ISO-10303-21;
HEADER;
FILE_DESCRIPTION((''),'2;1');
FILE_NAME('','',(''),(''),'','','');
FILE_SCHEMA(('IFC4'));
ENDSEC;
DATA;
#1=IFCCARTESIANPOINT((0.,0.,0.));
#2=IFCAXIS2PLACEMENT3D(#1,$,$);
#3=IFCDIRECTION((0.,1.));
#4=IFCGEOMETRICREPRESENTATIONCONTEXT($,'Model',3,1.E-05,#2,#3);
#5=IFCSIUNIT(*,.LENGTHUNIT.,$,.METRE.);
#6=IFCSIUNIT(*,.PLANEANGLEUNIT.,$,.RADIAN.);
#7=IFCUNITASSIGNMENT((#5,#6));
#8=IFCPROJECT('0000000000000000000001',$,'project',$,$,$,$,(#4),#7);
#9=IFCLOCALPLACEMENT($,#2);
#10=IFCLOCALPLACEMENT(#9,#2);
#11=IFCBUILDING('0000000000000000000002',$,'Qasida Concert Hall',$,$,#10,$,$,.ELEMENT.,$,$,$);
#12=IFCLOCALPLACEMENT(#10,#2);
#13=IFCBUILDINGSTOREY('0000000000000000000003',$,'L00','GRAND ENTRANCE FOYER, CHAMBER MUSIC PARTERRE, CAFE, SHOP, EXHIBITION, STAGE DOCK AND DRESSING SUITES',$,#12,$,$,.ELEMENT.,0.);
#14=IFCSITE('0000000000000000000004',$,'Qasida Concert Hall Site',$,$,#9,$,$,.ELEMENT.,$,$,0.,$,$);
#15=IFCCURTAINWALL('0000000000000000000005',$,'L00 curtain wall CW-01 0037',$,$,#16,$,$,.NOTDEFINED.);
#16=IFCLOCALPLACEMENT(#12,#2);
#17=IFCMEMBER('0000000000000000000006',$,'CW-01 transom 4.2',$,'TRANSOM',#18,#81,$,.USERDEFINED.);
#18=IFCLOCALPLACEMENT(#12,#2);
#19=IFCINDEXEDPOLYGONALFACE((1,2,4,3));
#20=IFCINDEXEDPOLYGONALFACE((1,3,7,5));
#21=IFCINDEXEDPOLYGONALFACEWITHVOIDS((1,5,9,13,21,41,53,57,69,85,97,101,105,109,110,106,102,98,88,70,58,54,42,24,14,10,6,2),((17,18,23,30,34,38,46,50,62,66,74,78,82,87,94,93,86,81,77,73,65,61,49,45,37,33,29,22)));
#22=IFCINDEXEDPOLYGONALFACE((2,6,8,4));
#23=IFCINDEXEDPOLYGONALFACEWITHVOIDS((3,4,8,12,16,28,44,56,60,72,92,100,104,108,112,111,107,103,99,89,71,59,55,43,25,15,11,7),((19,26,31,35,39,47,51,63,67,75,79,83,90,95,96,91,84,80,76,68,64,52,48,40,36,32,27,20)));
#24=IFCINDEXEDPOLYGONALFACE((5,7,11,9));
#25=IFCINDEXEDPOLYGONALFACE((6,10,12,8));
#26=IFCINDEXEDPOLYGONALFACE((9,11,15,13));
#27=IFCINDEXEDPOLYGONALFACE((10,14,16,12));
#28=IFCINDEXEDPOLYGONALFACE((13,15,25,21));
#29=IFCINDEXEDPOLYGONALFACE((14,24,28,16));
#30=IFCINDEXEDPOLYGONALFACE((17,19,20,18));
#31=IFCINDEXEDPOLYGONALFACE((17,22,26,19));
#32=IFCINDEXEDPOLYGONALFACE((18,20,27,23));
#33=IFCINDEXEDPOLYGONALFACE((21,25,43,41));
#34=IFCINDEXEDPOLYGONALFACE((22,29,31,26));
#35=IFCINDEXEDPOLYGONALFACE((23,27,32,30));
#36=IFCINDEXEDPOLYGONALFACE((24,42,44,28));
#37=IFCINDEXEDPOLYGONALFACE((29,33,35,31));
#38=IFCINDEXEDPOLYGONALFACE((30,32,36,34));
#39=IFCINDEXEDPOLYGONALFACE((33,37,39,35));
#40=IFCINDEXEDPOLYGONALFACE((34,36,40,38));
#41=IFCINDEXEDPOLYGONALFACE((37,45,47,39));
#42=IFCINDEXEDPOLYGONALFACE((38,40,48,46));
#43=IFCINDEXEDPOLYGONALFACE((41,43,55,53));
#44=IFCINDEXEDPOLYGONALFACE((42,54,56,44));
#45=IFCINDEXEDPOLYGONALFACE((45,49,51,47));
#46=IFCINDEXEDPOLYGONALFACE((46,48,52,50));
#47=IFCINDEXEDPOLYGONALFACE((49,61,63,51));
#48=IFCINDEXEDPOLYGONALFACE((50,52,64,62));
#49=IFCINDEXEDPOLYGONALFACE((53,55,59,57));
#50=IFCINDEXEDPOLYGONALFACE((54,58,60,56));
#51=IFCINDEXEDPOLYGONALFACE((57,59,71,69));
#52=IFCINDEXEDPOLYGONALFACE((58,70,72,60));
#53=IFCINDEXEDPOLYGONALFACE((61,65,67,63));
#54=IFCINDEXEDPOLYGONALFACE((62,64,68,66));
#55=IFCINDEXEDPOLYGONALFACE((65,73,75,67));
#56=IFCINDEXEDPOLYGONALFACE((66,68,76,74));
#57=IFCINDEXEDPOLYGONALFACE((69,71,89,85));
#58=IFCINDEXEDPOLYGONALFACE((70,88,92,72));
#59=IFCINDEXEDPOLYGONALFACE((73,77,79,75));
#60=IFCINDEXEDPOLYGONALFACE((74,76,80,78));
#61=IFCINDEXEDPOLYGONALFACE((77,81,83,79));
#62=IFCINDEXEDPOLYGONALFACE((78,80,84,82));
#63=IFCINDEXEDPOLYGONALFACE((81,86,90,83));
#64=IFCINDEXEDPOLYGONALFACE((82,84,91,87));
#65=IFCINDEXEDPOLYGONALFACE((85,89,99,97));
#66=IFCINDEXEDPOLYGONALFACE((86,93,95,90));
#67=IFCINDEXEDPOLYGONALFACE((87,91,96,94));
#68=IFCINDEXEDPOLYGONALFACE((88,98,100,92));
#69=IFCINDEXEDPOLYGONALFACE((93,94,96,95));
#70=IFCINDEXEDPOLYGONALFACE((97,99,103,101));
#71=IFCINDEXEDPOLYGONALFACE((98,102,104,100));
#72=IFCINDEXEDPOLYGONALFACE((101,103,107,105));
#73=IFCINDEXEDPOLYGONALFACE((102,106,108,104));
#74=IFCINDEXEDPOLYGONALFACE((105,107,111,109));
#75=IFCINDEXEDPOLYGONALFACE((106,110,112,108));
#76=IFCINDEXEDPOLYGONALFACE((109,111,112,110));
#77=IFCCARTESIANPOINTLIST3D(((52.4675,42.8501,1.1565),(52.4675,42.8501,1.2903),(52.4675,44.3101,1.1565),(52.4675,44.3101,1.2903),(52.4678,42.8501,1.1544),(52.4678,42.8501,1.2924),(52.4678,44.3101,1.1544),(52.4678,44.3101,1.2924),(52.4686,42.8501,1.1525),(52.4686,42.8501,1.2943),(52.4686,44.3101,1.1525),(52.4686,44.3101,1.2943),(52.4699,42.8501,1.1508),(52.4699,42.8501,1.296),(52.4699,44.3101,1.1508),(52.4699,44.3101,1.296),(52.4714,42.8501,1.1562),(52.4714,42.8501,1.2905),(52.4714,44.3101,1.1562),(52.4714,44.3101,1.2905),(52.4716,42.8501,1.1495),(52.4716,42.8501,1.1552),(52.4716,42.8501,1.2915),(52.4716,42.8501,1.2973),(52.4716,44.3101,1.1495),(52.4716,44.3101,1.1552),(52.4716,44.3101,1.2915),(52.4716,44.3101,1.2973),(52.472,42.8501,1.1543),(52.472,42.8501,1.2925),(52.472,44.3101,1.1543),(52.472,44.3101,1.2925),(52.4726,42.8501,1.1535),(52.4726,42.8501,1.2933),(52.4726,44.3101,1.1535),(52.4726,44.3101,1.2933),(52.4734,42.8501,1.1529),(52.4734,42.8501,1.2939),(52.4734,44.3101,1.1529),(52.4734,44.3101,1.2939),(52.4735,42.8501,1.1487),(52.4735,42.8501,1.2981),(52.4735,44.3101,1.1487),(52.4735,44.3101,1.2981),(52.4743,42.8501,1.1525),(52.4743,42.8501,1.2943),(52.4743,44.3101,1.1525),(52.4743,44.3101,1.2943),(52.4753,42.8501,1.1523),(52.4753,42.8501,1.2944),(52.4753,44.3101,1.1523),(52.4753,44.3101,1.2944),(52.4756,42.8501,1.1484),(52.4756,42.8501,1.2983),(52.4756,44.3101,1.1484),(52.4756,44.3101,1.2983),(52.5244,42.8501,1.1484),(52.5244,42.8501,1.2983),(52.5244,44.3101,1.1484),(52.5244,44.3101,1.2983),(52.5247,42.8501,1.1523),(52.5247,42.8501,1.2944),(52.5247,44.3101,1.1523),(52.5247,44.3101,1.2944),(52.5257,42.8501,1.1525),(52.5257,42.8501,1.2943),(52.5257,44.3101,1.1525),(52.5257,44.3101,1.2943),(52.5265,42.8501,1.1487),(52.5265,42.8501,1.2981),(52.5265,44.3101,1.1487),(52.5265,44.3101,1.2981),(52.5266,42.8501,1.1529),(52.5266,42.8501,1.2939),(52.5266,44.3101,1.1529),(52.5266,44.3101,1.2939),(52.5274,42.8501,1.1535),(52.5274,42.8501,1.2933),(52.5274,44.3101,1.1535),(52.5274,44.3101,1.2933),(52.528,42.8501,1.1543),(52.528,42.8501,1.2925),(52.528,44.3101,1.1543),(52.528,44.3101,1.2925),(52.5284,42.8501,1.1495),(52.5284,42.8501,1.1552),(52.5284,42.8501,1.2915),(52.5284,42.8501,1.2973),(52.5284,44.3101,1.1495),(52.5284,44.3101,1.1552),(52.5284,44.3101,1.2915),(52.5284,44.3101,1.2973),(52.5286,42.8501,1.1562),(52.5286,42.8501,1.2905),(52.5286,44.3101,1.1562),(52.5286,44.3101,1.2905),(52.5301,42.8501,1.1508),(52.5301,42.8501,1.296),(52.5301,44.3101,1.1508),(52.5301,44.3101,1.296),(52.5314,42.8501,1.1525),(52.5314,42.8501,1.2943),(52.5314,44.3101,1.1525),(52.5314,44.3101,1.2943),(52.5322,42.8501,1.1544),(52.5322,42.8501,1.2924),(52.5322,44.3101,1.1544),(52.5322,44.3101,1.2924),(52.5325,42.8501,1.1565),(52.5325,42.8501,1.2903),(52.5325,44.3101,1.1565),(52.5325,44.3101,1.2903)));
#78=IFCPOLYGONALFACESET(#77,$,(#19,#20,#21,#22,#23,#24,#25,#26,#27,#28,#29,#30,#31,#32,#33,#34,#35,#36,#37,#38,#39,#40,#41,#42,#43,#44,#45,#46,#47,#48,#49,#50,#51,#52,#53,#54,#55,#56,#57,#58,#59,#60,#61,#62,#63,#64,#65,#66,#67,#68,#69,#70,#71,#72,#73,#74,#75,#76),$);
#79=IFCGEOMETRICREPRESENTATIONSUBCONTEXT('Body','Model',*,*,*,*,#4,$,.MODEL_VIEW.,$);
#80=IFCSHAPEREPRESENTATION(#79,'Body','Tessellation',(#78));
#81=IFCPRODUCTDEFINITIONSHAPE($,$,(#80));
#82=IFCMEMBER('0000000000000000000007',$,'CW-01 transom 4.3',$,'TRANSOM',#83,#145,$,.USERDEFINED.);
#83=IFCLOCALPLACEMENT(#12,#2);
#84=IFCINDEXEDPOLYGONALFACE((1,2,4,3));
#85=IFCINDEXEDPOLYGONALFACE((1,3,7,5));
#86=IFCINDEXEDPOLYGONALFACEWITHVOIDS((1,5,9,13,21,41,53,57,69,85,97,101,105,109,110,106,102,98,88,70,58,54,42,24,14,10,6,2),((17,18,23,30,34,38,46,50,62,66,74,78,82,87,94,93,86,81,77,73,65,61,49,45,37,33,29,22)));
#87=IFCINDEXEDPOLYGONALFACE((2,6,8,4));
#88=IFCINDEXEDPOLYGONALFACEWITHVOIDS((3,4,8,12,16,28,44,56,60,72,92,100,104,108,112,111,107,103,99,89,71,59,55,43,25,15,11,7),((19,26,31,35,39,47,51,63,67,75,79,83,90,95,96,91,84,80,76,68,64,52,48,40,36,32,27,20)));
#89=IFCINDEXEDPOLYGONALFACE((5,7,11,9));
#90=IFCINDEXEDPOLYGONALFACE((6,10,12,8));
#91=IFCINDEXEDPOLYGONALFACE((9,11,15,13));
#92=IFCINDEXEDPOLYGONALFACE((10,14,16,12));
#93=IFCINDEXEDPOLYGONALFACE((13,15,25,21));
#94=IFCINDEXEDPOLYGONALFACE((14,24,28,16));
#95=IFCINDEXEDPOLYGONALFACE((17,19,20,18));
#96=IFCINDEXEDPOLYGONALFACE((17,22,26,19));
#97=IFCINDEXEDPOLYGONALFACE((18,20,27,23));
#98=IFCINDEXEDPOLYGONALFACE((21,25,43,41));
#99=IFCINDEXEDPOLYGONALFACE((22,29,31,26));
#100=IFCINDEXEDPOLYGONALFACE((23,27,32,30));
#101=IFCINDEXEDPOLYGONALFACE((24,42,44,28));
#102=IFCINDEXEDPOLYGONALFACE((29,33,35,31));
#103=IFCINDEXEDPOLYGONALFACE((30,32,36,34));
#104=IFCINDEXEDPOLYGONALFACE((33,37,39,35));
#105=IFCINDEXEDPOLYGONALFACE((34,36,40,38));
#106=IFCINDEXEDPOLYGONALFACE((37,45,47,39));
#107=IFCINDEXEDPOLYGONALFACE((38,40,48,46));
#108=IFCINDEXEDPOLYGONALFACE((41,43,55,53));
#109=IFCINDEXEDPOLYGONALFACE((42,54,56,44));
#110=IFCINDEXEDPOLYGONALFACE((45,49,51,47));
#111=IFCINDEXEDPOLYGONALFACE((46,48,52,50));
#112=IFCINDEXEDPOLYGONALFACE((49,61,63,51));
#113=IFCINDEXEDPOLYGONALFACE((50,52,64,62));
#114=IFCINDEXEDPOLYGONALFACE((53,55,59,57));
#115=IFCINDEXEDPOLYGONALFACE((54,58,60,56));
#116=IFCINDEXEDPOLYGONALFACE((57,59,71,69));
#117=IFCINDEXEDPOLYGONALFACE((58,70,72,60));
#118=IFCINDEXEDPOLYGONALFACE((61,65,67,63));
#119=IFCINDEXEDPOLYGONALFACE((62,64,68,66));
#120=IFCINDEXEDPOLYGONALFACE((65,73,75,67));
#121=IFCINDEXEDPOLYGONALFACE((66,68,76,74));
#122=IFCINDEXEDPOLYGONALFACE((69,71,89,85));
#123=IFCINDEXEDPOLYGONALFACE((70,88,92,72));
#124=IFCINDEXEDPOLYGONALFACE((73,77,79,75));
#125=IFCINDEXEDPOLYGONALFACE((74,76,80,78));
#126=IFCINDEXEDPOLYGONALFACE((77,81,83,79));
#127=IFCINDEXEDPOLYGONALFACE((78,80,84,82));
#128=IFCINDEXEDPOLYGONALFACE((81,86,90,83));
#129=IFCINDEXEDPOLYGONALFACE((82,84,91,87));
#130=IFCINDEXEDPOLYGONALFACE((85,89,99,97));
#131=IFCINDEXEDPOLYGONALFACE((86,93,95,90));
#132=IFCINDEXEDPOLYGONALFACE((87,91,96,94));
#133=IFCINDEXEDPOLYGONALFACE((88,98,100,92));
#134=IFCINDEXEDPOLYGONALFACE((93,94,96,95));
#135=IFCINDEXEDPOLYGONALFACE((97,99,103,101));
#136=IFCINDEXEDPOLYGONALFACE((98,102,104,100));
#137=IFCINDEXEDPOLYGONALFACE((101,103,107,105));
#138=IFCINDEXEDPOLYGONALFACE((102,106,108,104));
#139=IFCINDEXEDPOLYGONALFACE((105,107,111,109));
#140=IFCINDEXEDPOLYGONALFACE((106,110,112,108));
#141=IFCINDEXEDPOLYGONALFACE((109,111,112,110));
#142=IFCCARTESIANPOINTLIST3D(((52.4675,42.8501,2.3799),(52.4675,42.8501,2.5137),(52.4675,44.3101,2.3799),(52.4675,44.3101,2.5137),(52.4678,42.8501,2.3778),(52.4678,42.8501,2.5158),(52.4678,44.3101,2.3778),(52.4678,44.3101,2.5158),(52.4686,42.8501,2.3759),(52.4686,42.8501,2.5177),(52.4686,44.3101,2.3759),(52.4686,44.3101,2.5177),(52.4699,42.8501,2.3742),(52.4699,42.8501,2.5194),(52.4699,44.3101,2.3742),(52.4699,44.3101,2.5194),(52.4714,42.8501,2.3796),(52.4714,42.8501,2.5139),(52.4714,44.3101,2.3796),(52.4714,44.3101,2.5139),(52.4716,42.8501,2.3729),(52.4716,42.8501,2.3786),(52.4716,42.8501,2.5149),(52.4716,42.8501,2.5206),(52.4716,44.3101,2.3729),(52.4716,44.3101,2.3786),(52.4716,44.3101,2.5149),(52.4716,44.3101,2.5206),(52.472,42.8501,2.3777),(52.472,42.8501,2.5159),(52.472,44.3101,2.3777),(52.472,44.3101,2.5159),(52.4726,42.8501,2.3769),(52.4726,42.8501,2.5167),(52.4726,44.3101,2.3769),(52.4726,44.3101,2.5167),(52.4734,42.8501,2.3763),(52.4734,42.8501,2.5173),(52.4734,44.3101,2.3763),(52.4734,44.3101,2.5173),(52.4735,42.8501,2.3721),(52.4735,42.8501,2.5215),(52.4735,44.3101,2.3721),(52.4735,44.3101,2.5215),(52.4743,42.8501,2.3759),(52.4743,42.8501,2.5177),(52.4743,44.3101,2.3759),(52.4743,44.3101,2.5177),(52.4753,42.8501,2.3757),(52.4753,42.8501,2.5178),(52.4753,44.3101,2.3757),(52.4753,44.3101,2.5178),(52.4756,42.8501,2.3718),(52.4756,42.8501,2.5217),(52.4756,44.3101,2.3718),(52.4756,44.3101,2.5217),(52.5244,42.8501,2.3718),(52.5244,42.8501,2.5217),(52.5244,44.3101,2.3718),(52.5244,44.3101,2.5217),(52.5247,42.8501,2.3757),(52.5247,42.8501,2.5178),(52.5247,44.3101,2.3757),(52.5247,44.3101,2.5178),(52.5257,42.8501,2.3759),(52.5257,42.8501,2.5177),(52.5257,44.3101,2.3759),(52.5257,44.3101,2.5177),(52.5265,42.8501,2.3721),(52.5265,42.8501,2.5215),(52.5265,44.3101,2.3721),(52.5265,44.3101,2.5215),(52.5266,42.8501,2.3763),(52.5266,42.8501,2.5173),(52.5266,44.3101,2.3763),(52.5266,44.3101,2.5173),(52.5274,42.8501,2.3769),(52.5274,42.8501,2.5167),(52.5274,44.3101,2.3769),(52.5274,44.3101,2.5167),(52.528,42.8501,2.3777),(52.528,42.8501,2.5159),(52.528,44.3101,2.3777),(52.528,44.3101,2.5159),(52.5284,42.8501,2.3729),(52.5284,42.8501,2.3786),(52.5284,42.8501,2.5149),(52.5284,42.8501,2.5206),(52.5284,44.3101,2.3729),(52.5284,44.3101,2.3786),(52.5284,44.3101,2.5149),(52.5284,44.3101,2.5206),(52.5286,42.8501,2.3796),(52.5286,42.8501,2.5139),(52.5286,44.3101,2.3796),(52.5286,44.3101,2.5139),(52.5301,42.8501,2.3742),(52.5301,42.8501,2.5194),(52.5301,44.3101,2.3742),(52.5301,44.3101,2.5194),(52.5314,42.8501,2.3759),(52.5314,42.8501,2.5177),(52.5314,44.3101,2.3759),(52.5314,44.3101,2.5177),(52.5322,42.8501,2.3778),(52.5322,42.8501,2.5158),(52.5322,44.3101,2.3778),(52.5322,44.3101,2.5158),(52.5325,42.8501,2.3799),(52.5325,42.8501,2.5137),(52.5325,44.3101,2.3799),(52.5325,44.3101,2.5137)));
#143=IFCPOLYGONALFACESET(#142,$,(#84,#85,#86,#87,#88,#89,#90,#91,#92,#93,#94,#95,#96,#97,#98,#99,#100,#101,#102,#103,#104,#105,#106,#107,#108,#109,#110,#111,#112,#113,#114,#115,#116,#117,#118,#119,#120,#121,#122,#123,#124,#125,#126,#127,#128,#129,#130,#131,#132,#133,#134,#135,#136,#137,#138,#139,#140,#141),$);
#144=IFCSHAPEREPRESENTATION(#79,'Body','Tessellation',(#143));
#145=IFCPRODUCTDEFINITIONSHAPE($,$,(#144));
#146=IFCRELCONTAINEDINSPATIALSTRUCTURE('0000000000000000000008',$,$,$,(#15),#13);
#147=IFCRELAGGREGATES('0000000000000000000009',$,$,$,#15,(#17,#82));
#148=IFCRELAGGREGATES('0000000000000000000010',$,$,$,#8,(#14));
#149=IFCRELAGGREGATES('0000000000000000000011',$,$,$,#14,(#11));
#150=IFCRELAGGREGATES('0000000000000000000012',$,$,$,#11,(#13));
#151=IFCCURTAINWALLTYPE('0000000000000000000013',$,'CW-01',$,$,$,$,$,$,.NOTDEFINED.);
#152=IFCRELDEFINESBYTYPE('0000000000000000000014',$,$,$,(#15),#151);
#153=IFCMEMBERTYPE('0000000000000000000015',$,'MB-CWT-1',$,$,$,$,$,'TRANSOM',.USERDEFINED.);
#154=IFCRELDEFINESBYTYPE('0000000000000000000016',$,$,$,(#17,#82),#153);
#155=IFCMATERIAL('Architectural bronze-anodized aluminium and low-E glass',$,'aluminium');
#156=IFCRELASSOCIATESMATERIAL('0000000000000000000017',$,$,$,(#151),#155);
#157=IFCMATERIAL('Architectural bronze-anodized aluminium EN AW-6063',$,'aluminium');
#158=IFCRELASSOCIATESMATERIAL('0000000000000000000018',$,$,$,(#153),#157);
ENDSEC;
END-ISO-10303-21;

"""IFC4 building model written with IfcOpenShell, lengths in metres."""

from ifc_helpers import new_model, si_unit, direction, frame, origin, origin_2d, place, context, subcontext, project, spatial, hollow_rectangle, extrude, material, material_profile, profile_set, type_object, element, aggregate, save


model = new_model("IFC4")

# Units and contexts
model_context = context("Model", 3, precision=1e-05, world=origin(), true_north=direction((0.0, 1.0)))
body_context = subcontext(model_context, "Body", "Model", "MODEL_VIEW")
ifc_project = project(units=[si_unit("LENGTHUNIT", "METRE"), si_unit("PLANEANGLEUNIT", "RADIAN")], contexts=[model_context])

# Site, building, storey
site_placement = place(None, origin())
site = spatial("IfcSite", under=ifc_project, at=site_placement, Name="Qasida Concert Hall Site", CompositionType="ELEMENT", RefElevation=0.0)
building_placement = place(site_placement, origin())
building = spatial("IfcBuilding", under=site, at=building_placement, Name="Qasida Concert Hall", CompositionType="ELEMENT")
storey_placement = place(building_placement, origin())
storey = spatial("IfcBuildingStorey", under=building, at=storey_placement, Name="L00", Description="GRAND ENTRANCE FOYER, CHAMBER MUSIC PARTERRE, CAFE, SHOP, EXHIBITION, STAGE DOCK AND DRESSING SUITES", CompositionType="ELEMENT", Elevation=0.0)

# Curtain wall, members
ifc_material_1 = material(Name="Architectural bronze-anodized aluminium and low-E glass", Category="aluminium")
curtain_wall_type = type_object("IfcCurtainWallType", Name="CW-01", PredefinedType="NOTDEFINED", material=ifc_material_1)
curtain_wall_placement = place(storey_placement, origin())
curtain_wall = element("IfcCurtainWall", 1, at=curtain_wall_placement, inside=storey, type_object=curtain_wall_type, Name="L00 curtain wall CW-01 0037", PredefinedType="NOTDEFINED")
ifc_material_2 = material(Name="Architectural bronze-anodized aluminium EN AW-6063", Category="aluminium")
ifc_material_profile_1 = material_profile(ifc_material_2, hollow_rectangle(XDim=0.0649, YDim=0.1499, WallThickness=0.0039, InnerFilletRadius=0.0039, OuterFilletRadius=0.0081, at=origin_2d()), Name="CWT 150x65x4")
ifc_profile_set_1 = profile_set([ifc_material_profile_1], Name="Architectural bronze-anodized aluminium EN AW-6063")
member_type_1 = type_object("IfcMemberType", Name="MB-CWT-1", ElementType="TRANSOM", PredefinedType="USERDEFINED", material=ifc_profile_set_1)
member_1_placement = place(storey_placement, frame((52.5, 42.8501, 1.2234), z_axis=(0.0, 1.0, 0.0), x_axis=(-1.0, 0.0, 0.0)))
member_1 = element("IfcMember", 2, at=member_1_placement, type_object=member_type_1, Name="CW-01 transom 4.2", ObjectType="TRANSOM", PredefinedType="USERDEFINED", context=body_context, shape_type="SweptSolid", body=[
    extrude(hollow_rectangle(XDim=0.0649, YDim=0.1499, WallThickness=0.0039, InnerFilletRadius=0.0039, OuterFilletRadius=0.0081, at=origin_2d()), origin(), (0.0, 0.0, 1.0), 1.46),
])
member_2_placement = place(storey_placement, frame((52.5, 42.8501, 2.4468), z_axis=(0.0, 1.0, 0.0), x_axis=(-1.0, 0.0, 0.0)))
member_2 = element("IfcMember", 3, at=member_2_placement, type_object=member_type_1, Name="CW-01 transom 4.3", ObjectType="TRANSOM", PredefinedType="USERDEFINED", context=body_context, shape_type="SweptSolid", body=[
    extrude(hollow_rectangle(XDim=0.0649, YDim=0.1499, WallThickness=0.0039, InnerFilletRadius=0.0039, OuterFilletRadius=0.0081, at=origin_2d()), origin(), (0.0, 0.0, 1.0), 1.46),
])
aggregate(curtain_wall, [member_1, member_2])

save(model, "model.ifc")
